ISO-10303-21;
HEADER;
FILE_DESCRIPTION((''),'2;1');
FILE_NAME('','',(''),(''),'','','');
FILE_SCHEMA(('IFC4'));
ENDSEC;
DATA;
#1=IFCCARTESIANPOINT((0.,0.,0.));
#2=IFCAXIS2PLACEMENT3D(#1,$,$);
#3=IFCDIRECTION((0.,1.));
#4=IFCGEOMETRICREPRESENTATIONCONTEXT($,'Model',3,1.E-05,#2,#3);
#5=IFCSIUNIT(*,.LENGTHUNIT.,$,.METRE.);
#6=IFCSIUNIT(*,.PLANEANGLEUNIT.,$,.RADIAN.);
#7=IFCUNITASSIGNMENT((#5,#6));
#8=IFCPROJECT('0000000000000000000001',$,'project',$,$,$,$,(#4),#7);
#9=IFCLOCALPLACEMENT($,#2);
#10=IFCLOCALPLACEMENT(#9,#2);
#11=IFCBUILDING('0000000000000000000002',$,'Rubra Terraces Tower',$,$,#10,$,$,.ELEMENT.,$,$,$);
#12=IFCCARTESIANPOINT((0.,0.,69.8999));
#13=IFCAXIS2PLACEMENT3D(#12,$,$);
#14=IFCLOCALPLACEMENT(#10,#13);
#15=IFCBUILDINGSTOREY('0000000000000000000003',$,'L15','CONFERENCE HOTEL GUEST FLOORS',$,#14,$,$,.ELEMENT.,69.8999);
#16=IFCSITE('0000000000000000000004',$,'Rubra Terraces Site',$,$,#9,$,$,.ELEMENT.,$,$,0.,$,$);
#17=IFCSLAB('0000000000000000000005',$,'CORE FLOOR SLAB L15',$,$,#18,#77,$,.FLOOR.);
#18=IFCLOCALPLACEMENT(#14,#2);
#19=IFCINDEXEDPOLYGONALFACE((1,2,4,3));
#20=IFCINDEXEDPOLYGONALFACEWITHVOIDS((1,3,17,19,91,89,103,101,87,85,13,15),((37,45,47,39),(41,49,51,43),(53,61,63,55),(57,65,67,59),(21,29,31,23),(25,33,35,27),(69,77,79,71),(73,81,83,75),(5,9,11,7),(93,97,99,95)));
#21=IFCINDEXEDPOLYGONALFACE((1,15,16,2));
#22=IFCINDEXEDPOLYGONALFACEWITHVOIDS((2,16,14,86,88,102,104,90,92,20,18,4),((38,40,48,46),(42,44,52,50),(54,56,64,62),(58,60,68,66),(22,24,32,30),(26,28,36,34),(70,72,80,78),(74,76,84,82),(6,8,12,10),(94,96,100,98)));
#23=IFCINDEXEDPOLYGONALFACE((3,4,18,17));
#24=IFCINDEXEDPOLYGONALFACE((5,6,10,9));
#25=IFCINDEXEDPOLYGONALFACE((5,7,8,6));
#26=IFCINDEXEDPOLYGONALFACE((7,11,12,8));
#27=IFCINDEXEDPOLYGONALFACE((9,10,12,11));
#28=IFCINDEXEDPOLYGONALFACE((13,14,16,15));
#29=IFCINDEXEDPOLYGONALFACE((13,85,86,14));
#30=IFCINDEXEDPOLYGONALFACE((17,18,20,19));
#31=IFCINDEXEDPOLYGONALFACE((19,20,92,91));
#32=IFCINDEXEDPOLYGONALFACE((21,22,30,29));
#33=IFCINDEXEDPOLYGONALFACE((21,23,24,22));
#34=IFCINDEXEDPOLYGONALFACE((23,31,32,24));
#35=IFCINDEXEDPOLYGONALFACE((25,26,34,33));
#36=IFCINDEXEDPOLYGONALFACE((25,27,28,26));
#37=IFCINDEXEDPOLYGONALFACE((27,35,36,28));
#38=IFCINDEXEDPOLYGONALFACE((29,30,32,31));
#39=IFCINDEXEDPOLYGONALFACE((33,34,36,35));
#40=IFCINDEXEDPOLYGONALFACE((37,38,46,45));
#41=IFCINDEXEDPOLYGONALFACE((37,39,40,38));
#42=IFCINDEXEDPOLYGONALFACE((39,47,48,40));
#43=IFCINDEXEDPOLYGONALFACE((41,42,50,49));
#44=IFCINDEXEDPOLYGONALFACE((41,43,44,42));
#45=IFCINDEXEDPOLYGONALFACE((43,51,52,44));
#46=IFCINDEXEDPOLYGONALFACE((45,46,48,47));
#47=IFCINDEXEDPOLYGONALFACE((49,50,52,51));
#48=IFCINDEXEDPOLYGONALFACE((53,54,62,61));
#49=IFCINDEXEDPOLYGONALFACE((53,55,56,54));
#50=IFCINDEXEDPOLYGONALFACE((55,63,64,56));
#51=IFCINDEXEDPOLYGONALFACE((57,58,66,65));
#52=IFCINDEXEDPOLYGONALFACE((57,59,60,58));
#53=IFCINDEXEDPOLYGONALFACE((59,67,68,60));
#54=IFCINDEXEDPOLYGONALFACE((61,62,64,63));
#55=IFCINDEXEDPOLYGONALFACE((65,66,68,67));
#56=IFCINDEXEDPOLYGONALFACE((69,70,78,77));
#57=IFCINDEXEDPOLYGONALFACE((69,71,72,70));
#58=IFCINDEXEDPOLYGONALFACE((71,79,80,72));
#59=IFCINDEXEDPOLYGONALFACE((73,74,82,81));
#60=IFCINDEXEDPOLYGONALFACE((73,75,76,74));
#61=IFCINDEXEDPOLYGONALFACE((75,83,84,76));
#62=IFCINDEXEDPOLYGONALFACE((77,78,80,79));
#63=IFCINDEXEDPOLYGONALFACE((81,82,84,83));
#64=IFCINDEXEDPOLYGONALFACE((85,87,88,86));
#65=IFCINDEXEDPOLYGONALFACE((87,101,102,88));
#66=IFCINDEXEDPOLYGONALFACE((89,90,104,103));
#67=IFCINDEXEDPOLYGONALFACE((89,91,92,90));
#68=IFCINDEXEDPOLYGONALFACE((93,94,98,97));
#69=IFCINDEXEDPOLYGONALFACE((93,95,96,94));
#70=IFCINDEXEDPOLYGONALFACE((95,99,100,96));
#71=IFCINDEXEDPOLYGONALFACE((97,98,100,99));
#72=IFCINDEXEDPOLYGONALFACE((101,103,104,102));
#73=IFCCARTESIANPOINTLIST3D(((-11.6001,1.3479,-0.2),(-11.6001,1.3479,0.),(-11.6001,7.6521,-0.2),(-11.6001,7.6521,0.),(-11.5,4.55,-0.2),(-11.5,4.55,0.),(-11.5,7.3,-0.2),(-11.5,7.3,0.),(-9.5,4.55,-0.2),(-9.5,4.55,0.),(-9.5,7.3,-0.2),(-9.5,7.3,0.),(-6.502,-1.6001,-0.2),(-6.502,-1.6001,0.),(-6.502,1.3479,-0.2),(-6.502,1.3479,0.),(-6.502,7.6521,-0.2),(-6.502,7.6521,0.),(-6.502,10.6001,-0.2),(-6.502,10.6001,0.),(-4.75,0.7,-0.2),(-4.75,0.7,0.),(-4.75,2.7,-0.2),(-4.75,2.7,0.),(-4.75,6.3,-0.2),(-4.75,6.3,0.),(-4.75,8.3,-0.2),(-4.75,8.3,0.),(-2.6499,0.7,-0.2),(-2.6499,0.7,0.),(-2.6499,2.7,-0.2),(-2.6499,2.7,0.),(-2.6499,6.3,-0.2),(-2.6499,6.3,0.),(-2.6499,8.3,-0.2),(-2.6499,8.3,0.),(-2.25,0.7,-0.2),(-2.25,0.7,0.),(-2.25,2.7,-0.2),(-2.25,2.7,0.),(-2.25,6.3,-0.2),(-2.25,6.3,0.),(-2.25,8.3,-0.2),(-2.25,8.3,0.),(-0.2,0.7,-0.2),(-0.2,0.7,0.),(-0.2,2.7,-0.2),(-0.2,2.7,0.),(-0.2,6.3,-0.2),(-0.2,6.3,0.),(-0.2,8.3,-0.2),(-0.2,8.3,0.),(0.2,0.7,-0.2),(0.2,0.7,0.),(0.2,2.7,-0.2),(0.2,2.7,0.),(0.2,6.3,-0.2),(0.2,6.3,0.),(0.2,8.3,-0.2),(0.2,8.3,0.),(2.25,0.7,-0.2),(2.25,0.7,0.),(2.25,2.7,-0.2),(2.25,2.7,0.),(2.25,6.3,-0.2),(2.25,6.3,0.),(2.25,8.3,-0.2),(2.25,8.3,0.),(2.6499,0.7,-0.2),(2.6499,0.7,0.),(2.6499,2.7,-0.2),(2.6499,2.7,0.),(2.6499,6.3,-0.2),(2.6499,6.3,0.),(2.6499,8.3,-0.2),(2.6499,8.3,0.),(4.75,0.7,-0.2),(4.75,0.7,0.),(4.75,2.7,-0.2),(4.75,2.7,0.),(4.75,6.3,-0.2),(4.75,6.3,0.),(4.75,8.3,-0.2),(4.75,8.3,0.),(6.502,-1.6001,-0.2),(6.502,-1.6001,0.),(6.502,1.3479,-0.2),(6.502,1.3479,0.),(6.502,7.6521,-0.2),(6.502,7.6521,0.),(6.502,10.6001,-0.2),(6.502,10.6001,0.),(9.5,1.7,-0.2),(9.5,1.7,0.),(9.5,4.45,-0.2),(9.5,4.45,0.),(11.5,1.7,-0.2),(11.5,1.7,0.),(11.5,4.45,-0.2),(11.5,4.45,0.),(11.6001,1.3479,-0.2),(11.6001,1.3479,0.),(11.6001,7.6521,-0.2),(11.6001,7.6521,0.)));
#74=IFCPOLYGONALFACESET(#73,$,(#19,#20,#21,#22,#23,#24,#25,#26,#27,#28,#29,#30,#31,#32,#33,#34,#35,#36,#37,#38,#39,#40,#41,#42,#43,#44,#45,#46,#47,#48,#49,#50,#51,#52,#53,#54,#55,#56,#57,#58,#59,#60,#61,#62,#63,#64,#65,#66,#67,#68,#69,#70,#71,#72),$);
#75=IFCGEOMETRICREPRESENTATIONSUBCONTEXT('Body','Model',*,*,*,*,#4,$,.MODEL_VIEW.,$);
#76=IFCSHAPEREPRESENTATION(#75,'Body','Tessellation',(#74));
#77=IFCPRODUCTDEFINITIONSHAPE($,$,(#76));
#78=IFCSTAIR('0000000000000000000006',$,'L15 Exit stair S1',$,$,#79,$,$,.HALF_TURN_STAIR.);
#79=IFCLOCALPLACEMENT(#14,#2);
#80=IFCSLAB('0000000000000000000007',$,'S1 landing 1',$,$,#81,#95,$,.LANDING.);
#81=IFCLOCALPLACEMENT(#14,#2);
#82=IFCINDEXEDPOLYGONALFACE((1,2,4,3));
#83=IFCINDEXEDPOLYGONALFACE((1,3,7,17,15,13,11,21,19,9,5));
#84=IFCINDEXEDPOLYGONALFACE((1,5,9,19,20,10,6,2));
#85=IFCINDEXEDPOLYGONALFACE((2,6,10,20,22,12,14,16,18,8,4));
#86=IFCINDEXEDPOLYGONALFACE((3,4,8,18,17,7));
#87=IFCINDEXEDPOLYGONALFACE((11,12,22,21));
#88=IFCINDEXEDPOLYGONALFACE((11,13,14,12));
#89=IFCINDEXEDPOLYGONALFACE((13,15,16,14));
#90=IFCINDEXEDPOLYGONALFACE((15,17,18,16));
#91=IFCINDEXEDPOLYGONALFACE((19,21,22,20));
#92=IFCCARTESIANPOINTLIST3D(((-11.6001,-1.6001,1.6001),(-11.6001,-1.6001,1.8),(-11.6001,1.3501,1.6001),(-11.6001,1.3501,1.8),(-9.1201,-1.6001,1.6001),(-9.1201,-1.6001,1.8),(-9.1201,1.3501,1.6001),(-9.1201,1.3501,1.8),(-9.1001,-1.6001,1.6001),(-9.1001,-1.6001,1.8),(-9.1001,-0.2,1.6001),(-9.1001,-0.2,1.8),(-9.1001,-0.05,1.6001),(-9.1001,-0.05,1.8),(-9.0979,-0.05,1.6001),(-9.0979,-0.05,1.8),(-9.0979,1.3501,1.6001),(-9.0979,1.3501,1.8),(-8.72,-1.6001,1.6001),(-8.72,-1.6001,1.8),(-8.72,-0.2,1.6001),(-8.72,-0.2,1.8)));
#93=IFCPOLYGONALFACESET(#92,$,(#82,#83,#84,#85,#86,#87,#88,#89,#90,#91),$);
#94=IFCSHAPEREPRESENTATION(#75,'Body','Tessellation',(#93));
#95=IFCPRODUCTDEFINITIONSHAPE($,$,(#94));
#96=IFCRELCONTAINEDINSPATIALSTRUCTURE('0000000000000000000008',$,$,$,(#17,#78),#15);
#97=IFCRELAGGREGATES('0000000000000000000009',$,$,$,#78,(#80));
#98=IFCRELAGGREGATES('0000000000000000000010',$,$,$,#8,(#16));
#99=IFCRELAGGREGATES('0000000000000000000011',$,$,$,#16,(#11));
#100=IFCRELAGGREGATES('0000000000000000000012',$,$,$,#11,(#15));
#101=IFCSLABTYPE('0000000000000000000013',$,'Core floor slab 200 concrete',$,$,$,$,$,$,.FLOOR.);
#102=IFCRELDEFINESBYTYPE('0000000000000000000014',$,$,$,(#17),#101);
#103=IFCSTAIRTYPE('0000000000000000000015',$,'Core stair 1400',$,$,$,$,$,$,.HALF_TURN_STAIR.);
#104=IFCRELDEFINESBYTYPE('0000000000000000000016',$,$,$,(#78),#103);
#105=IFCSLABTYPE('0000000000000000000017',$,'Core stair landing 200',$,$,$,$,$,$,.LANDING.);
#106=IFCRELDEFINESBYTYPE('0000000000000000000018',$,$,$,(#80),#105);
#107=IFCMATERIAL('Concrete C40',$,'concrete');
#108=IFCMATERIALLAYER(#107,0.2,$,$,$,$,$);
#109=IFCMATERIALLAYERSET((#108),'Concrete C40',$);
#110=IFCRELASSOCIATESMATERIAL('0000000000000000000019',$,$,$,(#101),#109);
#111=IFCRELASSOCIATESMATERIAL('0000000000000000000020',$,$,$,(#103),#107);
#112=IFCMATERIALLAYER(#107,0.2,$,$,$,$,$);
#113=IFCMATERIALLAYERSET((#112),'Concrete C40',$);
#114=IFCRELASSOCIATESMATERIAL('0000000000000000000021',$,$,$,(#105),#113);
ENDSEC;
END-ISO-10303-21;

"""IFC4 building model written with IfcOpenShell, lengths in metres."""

from ifc_helpers import new_model, si_unit, direction, frame, origin, place, context, subcontext, project, spatial, polyline, outline, extrude, material, layer, layer_set, type_object, element, aggregate, save


model = new_model("IFC4")

# Units and contexts
model_context = context("Model", 3, precision=1e-05, world=origin(), true_north=direction((0.0, 1.0)))
body_context = subcontext(model_context, "Body", "Model", "MODEL_VIEW")
ifc_project = project(units=[si_unit("LENGTHUNIT", "METRE"), si_unit("PLANEANGLEUNIT", "RADIAN")], contexts=[model_context])

# Site, building, storey
site_placement = place(None, origin())
site = spatial("IfcSite", under=ifc_project, at=site_placement, Name="Rubra Terraces Site", CompositionType="ELEMENT", RefElevation=0.0)
building_placement = place(site_placement, origin())
building = spatial("IfcBuilding", under=site, at=building_placement, Name="Rubra Terraces Tower", CompositionType="ELEMENT")
storey_placement = place(building_placement, frame((0.0, 0.0, 69.8999)))
storey = spatial("IfcBuildingStorey", under=building, at=storey_placement, Name="L15", Description="CONFERENCE HOTEL GUEST FLOORS", CompositionType="ELEMENT", Elevation=69.8999)

# Slab
ifc_material_1 = material(Name="Concrete C40", Category="concrete")
ifc_layer_1 = layer(ifc_material_1, 0.2)
ifc_layer_set_1 = layer_set([ifc_layer_1], Name="Concrete C40")
slab_type_1 = type_object("IfcSlabType", Name="Core floor slab 200 concrete", PredefinedType="FLOOR", material=ifc_layer_set_1)
slab_1_placement = place(storey_placement, frame((0.0, 0.0, -0.2)))
element("IfcSlab", 1, at=slab_1_placement, inside=storey, type_object=slab_type_1, Name="CORE FLOOR SLAB L15", PredefinedType="FLOOR", context=body_context, shape_type="SweptSolid", body=[
    extrude(outline(polyline([(-11.6001, 1.3479), (-11.6001, 7.6521), (-6.502, 7.6521), (-6.502, 10.6001), (6.502, 10.6001), (6.502, 7.6521), (11.6001, 7.6521), (11.6001, 1.3479), (6.502, 1.3479), (6.502, -1.6001), (-6.502, -1.6001), (-6.502, 1.3479), (-11.6001, 1.3479)]), holes=[polyline([(9.5, 1.7), (11.5, 1.7), (11.5, 4.45), (9.5, 4.45), (9.5, 1.7)]), polyline([(4.75, 0.7), (4.75, 2.7), (2.6499, 2.7), (2.6499, 0.7), (4.75, 0.7)]), polyline([(4.75, 6.3), (4.75, 8.3), (2.6499, 8.3), (2.6499, 6.3), (4.75, 6.3)]), polyline([(2.25, 0.7), (2.25, 2.7), (0.2, 2.7), (0.2, 0.7), (2.25, 0.7)]), polyline([(2.25, 6.3), (2.25, 8.3), (0.2, 8.3), (0.2, 6.3), (2.25, 6.3)]), polyline([(-0.2, 0.7), (-0.2, 2.7), (-2.25, 2.7), (-2.25, 0.7), (-0.2, 0.7)]), polyline([(-0.2, 6.3), (-0.2, 8.3), (-2.25, 8.3), (-2.25, 6.3), (-0.2, 6.3)]), polyline([(-2.6499, 0.7), (-2.6499, 2.7), (-4.75, 2.7), (-4.75, 0.7), (-2.6499, 0.7)]), polyline([(-2.6499, 8.3), (-4.75, 8.3), (-4.75, 6.3), (-2.6499, 6.3), (-2.6499, 8.3)]), polyline([(-9.5, 7.3), (-11.5, 7.3), (-11.5, 4.55), (-9.5, 4.55), (-9.5, 7.3)])]), origin(), (0.0, 0.0, 1.0), 0.2),
])

# Stair, slab
stair_type = type_object("IfcStairType", Name="Core stair 1400", PredefinedType="HALF_TURN_STAIR", material=ifc_material_1)
stair_placement = place(storey_placement, origin())
stair = element("IfcStair", 2, at=stair_placement, inside=storey, type_object=stair_type, Name="L15 Exit stair S1", PredefinedType="HALF_TURN_STAIR")
ifc_layer_2 = layer(ifc_material_1, 0.2)
ifc_layer_set_2 = layer_set([ifc_layer_2], Name="Concrete C40")
slab_type_2 = type_object("IfcSlabType", Name="Core stair landing 200", PredefinedType="LANDING", material=ifc_layer_set_2)
slab_2_placement = place(storey_placement, frame((0.0, 0.0, 1.6001)))
slab_2 = element("IfcSlab", 3, at=slab_2_placement, type_object=slab_type_2, Name="S1 landing 1", PredefinedType="LANDING", context=body_context, shape_type="SweptSolid", body=[
    extrude(outline(polyline([(-8.72, -0.2), (-8.72, -1.6001), (-9.1001, -1.6001), (-9.1201, -1.6001), (-11.6001, -1.6001), (-11.6001, 1.3501), (-9.1201, 1.3501), (-9.0979, 1.3501), (-9.0979, -0.05), (-9.1001, -0.05), (-9.1001, -0.2), (-8.72, -0.2)])), origin(), (0.0, 0.0, 1.0), 0.2),
])
aggregate(stair, [slab_2])

save(model, "model.ifc")
